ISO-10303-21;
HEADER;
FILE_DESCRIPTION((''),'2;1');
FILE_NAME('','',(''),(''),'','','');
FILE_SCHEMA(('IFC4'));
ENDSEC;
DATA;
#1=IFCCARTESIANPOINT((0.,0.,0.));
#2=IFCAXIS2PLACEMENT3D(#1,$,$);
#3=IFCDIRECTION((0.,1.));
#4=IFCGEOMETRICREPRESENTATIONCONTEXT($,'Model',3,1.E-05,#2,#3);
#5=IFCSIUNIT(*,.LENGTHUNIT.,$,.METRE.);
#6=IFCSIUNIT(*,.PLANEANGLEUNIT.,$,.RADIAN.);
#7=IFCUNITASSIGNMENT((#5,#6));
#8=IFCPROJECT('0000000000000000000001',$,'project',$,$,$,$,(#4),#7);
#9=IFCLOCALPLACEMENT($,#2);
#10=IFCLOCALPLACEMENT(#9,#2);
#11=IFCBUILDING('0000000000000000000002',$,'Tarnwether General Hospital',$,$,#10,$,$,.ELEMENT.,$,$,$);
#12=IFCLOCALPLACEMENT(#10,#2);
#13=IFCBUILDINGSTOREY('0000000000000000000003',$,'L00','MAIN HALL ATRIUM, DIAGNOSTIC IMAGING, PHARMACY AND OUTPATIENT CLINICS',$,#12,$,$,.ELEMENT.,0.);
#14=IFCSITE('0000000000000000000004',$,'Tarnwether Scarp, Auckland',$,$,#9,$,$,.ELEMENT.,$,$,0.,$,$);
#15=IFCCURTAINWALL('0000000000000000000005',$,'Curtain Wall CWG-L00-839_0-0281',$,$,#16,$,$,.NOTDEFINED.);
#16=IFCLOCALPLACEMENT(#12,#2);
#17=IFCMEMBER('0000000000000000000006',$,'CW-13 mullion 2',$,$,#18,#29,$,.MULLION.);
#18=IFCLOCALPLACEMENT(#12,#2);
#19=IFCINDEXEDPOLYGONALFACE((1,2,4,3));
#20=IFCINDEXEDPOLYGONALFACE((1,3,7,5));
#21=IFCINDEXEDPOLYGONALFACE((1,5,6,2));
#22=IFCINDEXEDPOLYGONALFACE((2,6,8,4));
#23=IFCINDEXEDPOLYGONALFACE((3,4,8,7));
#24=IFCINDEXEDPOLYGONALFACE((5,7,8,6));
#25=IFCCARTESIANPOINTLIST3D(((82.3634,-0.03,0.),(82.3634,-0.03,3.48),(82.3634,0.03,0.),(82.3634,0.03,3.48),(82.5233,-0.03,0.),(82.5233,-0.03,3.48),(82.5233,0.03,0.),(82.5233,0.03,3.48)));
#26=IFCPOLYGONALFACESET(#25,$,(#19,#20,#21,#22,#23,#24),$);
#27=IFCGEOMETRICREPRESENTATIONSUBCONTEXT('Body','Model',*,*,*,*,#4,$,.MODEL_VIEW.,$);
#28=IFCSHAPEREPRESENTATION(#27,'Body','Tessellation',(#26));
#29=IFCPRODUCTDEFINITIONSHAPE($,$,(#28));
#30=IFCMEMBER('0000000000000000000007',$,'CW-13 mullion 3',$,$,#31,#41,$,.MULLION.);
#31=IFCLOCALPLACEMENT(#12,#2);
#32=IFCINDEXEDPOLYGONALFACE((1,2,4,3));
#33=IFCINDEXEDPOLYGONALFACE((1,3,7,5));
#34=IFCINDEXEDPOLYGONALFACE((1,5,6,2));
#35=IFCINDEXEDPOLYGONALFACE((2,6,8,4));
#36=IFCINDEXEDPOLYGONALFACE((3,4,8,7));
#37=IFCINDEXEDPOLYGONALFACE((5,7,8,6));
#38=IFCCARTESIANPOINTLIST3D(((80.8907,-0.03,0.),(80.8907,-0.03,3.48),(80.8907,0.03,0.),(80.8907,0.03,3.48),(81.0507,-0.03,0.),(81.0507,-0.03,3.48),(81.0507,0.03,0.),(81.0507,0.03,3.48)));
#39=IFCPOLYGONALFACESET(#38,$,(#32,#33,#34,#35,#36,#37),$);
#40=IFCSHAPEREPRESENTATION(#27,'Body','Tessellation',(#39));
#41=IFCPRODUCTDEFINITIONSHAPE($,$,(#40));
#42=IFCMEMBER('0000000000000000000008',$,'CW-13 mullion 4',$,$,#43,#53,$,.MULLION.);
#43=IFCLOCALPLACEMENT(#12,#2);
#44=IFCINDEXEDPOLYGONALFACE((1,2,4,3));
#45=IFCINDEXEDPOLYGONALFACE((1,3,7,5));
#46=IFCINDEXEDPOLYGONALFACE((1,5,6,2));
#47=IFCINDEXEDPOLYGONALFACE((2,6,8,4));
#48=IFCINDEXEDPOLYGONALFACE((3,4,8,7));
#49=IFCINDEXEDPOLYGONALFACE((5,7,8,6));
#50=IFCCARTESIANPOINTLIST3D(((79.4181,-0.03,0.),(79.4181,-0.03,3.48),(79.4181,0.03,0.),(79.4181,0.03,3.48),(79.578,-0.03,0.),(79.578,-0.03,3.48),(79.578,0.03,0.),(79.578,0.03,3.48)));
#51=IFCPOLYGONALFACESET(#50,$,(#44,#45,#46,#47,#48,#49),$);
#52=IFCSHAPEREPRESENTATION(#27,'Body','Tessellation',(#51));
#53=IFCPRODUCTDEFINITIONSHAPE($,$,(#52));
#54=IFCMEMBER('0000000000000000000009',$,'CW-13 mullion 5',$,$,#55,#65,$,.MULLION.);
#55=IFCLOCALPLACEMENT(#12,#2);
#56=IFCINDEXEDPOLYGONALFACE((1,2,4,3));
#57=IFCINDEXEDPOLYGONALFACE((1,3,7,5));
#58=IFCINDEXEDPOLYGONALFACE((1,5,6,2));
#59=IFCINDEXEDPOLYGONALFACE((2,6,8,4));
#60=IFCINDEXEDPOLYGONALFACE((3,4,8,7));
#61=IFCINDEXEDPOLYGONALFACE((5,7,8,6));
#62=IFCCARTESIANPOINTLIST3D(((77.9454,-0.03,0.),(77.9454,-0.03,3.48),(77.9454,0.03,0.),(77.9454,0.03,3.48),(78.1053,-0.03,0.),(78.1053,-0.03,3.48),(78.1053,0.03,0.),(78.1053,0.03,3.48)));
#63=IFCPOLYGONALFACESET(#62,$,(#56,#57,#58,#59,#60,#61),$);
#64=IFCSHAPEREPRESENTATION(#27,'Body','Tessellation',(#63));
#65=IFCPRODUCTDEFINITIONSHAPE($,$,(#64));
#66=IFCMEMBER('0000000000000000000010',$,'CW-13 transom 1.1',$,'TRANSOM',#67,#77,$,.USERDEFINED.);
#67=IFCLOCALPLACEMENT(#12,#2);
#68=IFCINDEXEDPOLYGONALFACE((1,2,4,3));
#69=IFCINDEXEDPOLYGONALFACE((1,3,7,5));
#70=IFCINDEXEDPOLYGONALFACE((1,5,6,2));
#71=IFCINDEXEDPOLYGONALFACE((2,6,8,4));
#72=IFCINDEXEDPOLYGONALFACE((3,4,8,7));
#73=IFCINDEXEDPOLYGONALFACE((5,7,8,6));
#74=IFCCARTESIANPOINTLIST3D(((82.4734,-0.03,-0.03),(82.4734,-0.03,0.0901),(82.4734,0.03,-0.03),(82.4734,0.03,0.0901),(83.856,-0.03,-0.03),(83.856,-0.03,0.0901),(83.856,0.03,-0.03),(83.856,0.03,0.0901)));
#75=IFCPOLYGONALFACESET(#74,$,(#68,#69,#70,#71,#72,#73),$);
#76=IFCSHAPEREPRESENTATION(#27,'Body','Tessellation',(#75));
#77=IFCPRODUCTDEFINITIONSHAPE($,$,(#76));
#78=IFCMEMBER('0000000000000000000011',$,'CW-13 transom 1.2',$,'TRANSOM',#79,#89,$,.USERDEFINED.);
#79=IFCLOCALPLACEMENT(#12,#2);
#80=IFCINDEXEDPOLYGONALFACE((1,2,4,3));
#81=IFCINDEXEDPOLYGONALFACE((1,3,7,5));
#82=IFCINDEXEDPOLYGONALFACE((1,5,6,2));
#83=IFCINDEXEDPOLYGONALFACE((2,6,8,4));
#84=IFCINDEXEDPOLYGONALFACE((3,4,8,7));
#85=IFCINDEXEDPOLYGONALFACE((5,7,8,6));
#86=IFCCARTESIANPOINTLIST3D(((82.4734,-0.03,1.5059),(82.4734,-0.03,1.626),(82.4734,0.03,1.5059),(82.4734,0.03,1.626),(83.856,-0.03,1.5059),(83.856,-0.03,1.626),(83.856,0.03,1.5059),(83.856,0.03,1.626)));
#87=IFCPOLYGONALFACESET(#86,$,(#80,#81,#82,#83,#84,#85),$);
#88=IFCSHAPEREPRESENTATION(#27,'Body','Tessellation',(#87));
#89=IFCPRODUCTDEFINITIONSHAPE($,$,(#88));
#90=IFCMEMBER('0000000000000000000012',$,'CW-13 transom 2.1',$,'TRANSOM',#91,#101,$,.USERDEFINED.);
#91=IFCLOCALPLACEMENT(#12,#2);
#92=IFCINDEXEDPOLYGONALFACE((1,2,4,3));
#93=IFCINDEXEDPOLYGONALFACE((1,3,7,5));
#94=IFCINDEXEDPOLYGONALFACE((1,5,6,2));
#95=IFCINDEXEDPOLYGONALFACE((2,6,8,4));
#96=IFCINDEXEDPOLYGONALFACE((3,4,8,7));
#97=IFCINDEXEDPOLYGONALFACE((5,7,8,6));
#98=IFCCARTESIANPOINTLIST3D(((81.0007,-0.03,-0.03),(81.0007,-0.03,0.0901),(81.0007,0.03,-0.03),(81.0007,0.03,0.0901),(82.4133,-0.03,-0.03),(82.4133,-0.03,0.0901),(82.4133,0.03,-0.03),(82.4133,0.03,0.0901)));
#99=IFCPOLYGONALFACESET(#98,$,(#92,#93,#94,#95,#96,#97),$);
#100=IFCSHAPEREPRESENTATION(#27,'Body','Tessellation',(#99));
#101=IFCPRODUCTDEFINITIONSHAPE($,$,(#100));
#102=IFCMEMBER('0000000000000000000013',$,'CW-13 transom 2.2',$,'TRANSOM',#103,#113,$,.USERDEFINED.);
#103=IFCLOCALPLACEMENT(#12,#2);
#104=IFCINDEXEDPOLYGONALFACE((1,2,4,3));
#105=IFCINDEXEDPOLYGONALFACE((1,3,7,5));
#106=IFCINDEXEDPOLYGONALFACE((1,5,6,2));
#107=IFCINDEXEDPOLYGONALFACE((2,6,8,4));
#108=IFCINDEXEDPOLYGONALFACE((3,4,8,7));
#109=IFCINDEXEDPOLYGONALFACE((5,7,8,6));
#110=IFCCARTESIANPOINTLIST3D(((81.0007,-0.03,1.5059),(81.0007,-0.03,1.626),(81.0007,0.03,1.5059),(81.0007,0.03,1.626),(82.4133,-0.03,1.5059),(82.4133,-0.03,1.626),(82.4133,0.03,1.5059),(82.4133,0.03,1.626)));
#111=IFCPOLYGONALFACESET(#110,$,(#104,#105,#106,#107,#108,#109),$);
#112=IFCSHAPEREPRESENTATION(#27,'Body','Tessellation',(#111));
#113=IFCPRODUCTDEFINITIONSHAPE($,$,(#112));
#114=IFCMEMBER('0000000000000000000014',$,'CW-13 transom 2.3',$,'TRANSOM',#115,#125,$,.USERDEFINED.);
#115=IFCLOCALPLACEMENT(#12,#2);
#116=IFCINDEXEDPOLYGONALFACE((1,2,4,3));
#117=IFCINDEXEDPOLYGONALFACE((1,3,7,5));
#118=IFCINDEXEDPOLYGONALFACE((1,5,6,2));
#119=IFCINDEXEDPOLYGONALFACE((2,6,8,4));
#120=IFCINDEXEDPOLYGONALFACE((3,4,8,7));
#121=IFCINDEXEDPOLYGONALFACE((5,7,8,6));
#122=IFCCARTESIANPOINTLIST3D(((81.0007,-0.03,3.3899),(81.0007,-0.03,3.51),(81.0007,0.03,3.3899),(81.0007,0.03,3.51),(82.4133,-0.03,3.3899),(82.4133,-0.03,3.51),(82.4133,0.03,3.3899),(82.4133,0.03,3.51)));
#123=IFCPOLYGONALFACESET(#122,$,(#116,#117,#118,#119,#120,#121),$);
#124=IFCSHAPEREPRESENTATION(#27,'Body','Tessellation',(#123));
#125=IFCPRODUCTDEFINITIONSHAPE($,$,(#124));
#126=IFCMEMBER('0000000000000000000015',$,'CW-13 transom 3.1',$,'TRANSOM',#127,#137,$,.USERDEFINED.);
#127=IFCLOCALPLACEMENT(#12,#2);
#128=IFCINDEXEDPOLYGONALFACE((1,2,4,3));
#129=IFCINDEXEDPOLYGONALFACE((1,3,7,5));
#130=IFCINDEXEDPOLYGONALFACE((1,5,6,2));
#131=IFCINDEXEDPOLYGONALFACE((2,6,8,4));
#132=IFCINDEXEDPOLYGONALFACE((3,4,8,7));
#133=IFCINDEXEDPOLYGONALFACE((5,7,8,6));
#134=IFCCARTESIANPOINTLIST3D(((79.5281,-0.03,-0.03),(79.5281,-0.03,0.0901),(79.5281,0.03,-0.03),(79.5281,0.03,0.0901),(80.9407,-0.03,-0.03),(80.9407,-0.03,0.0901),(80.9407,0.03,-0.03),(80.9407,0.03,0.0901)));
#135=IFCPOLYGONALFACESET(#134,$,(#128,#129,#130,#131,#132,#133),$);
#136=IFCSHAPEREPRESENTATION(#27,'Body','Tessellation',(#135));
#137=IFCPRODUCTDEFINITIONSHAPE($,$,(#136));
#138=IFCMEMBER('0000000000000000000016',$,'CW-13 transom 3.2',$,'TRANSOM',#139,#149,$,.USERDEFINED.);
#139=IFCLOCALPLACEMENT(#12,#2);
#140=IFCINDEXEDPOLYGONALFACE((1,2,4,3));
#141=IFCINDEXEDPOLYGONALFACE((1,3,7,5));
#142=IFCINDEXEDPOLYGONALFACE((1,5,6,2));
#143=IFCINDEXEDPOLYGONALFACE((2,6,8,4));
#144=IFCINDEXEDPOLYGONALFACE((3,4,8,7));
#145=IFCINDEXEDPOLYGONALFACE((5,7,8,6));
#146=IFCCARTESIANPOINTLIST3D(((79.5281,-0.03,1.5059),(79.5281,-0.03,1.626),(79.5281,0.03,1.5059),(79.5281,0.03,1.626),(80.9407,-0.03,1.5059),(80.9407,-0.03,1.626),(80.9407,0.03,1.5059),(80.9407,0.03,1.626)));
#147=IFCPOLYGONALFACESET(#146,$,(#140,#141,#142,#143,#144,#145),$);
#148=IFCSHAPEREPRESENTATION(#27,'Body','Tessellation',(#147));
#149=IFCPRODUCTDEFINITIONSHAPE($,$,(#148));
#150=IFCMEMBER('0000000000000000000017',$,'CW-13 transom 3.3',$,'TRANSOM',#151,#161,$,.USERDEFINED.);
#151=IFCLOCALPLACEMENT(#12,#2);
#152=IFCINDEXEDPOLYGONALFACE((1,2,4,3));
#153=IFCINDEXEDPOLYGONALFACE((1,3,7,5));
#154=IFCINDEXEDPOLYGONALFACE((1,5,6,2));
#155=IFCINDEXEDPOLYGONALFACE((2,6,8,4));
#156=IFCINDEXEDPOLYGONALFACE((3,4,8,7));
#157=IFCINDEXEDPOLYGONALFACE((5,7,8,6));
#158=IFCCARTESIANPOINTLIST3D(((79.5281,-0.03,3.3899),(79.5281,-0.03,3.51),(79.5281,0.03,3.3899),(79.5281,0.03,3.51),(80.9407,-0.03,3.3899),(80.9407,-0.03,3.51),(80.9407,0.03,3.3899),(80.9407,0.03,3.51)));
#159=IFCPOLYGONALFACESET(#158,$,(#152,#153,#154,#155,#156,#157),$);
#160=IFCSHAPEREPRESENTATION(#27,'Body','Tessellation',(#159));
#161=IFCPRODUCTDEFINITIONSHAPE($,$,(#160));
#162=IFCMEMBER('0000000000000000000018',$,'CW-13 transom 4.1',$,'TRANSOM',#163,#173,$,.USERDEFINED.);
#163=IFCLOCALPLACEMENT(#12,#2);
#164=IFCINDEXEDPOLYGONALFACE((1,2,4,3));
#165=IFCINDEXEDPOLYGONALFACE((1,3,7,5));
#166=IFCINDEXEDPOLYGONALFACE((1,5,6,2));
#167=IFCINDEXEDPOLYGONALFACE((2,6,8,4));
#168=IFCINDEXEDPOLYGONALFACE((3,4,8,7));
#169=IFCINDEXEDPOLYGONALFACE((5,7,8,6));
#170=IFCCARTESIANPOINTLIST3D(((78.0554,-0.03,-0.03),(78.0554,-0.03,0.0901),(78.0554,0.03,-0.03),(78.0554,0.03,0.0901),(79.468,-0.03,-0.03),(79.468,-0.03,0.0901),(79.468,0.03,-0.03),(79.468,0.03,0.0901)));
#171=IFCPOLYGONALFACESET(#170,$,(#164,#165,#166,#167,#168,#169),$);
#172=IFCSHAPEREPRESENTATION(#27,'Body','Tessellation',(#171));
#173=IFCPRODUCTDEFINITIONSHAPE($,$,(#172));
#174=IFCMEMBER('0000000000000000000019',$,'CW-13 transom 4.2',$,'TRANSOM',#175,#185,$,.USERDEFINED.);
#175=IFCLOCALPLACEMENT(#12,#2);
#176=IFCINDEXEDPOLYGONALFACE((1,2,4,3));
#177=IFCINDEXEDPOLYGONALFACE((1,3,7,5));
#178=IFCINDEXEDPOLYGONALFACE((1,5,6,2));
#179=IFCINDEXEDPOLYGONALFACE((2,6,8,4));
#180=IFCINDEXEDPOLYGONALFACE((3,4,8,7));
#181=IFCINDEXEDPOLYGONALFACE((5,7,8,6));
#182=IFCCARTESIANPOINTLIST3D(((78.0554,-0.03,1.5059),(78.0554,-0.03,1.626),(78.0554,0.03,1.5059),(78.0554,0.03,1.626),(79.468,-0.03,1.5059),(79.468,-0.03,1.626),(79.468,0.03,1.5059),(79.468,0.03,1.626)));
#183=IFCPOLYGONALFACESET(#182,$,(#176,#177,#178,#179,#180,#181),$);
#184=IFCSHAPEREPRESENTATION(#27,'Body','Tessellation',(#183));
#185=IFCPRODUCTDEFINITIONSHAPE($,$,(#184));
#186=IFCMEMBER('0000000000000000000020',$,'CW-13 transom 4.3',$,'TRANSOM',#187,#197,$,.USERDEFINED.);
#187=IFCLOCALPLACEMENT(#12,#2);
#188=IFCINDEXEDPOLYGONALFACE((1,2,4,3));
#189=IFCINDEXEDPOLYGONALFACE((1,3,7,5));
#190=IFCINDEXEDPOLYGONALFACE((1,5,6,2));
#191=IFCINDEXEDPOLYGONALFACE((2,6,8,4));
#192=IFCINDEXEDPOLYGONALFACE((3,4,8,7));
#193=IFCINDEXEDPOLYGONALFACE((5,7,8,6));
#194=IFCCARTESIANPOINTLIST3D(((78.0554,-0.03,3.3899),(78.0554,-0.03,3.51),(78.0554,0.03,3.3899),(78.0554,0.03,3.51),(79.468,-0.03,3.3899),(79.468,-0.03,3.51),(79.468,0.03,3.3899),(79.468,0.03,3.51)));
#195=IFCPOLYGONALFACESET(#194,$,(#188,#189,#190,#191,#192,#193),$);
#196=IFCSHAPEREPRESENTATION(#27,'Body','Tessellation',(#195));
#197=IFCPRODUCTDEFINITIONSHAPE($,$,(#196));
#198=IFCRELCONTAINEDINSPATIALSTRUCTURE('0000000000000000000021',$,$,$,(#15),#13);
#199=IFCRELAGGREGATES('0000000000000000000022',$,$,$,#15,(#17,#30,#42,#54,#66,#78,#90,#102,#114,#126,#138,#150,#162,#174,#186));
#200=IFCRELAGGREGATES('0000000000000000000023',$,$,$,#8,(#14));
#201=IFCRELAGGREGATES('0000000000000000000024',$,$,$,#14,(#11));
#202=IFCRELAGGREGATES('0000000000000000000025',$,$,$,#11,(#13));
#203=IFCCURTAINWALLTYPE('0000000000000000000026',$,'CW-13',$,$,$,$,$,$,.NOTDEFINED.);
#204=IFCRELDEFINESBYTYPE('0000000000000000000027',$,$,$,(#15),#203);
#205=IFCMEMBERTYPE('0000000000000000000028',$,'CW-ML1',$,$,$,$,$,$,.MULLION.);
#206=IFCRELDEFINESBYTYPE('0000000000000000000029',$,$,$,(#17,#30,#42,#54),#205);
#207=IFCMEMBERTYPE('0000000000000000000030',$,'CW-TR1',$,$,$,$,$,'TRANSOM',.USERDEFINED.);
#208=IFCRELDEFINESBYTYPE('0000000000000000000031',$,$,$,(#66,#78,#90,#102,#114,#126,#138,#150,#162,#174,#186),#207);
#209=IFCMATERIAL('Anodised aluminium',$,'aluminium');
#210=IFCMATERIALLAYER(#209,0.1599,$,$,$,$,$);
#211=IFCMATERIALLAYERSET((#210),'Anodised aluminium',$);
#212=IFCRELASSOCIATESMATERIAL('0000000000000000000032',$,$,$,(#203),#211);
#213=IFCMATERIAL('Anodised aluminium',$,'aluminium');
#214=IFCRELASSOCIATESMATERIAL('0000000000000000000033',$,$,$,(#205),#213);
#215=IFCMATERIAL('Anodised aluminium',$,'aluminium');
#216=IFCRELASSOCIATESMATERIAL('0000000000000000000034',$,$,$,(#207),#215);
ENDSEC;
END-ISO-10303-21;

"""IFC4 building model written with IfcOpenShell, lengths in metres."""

from ifc_helpers import new_model, si_unit, direction, frame, origin, origin_2d, place, context, subcontext, project, spatial, rectangle, extrude, material, layer, layer_set, material_profile, profile_set, type_object, element, aggregate, save


model = new_model("IFC4")

# Units and contexts
model_context = context("Model", 3, precision=1e-05, world=origin(), true_north=direction((0.0, 1.0)))
body_context = subcontext(model_context, "Body", "Model", "MODEL_VIEW")
ifc_project = project(units=[si_unit("LENGTHUNIT", "METRE"), si_unit("PLANEANGLEUNIT", "RADIAN")], contexts=[model_context])

# Site, building, storey
site_placement = place(None, origin())
site = spatial("IfcSite", under=ifc_project, at=site_placement, Name="Tarnwether Scarp, Auckland", CompositionType="ELEMENT", RefElevation=0.0)
building_placement = place(site_placement, origin())
building = spatial("IfcBuilding", under=site, at=building_placement, Name="Tarnwether General Hospital", CompositionType="ELEMENT")
storey_placement = place(building_placement, origin())
storey = spatial("IfcBuildingStorey", under=building, at=storey_placement, Name="L00", Description="MAIN HALL ATRIUM, DIAGNOSTIC IMAGING, PHARMACY AND OUTPATIENT CLINICS", CompositionType="ELEMENT", Elevation=0.0)

# Curtain wall, members
ifc_material_1 = material(Name="Anodised aluminium", Category="aluminium")
ifc_layer_1 = layer(ifc_material_1, 0.1599)
ifc_layer_set_1 = layer_set([ifc_layer_1], Name="Anodised aluminium")
curtain_wall_type = type_object("IfcCurtainWallType", Name="CW-13", PredefinedType="NOTDEFINED", material=ifc_layer_set_1)
curtain_wall_placement = place(storey_placement, origin())
curtain_wall = element("IfcCurtainWall", 1, at=curtain_wall_placement, inside=storey, type_object=curtain_wall_type, Name="Curtain Wall CWG-L00-839_0-0281", PredefinedType="NOTDEFINED")
ifc_material_2 = material(Name="Anodised aluminium", Category="aluminium")
ifc_material_profile_1 = material_profile(ifc_material_2, rectangle(XDim=0.0601, YDim=0.1599, at=origin_2d()), Name="ALU-MUL-60x160")
ifc_profile_set_1 = profile_set([ifc_material_profile_1], Name="Anodised aluminium")
member_type_1 = type_object("IfcMemberType", Name="CW-ML1", PredefinedType="MULLION", material=ifc_profile_set_1)
member_1_placement = place(storey_placement, frame((82.4434, 0.0, 0.0), z_axis=(0.0, 0.0, 1.0), x_axis=(0.0, -1.0, 0.0)))
member_1 = element("IfcMember", 2, at=member_1_placement, type_object=member_type_1, Name="CW-13 mullion 2", PredefinedType="MULLION", context=body_context, shape_type="SweptSolid", body=[
    extrude(rectangle(XDim=0.0601, YDim=0.1599, at=origin_2d()), origin(), (0.0, 0.0, 1.0), 3.48),
])
member_2_placement = place(storey_placement, frame((80.9707, 0.0, 0.0), z_axis=(0.0, 0.0, 1.0), x_axis=(0.0, -1.0, 0.0)))
member_2 = element("IfcMember", 3, at=member_2_placement, type_object=member_type_1, Name="CW-13 mullion 3", PredefinedType="MULLION", context=body_context, shape_type="SweptSolid", body=[
    extrude(rectangle(XDim=0.0601, YDim=0.1599, at=origin_2d()), origin(), (0.0, 0.0, 1.0), 3.48),
])
member_3_placement = place(storey_placement, frame((79.498, 0.0, 0.0), z_axis=(0.0, 0.0, 1.0), x_axis=(0.0, -1.0, 0.0)))
member_3 = element("IfcMember", 4, at=member_3_placement, type_object=member_type_1, Name="CW-13 mullion 4", PredefinedType="MULLION", context=body_context, shape_type="SweptSolid", body=[
    extrude(rectangle(XDim=0.0601, YDim=0.1599, at=origin_2d()), origin(), (0.0, 0.0, 1.0), 3.48),
])
member_4_placement = place(storey_placement, frame((78.0254, 0.0, 0.0), z_axis=(0.0, 0.0, 1.0), x_axis=(0.0, -1.0, 0.0)))
member_4 = element("IfcMember", 5, at=member_4_placement, type_object=member_type_1, Name="CW-13 mullion 5", PredefinedType="MULLION", context=body_context, shape_type="SweptSolid", body=[
    extrude(rectangle(XDim=0.0601, YDim=0.1599, at=origin_2d()), origin(), (0.0, 0.0, 1.0), 3.48),
])
ifc_material_3 = material(Name="Anodised aluminium", Category="aluminium")
ifc_material_profile_2 = material_profile(ifc_material_3, rectangle(XDim=0.0601, YDim=0.1201, at=origin_2d()), Name="ALU-TRN-60x120")
ifc_profile_set_2 = profile_set([ifc_material_profile_2], Name="Anodised aluminium")
member_type_2 = type_object("IfcMemberType", Name="CW-TR1", ElementType="TRANSOM", PredefinedType="USERDEFINED", material=ifc_profile_set_2)
member_5_placement = place(storey_placement, frame((83.856, 0.0, 0.03), z_axis=(-1.0, 0.0, 0.0), x_axis=(0.0, -1.0, 0.0)))
member_5 = element("IfcMember", 6, at=member_5_placement, type_object=member_type_2, Name="CW-13 transom 1.1", ObjectType="TRANSOM", PredefinedType="USERDEFINED", context=body_context, shape_type="SweptSolid", body=[
    extrude(rectangle(XDim=0.0601, YDim=0.1201, at=origin_2d()), origin(), (0.0, 0.0, 1.0), 1.3826),
])
member_6_placement = place(storey_placement, frame((83.856, 0.0, 1.5659), z_axis=(-1.0, 0.0, 0.0), x_axis=(0.0, -1.0, 0.0)))
member_6 = element("IfcMember", 7, at=member_6_placement, type_object=member_type_2, Name="CW-13 transom 1.2", ObjectType="TRANSOM", PredefinedType="USERDEFINED", context=body_context, shape_type="SweptSolid", body=[
    extrude(rectangle(XDim=0.0601, YDim=0.1201, at=origin_2d()), origin(), (0.0, 0.0, 1.0), 1.3826),
])
member_7_placement = place(storey_placement, frame((82.4133, 0.0, 0.03), z_axis=(-1.0, 0.0, 0.0), x_axis=(0.0, -1.0, 0.0)))
member_7 = element("IfcMember", 8, at=member_7_placement, type_object=member_type_2, Name="CW-13 transom 2.1", ObjectType="TRANSOM", PredefinedType="USERDEFINED", context=body_context, shape_type="SweptSolid", body=[
    extrude(rectangle(XDim=0.0601, YDim=0.1201, at=origin_2d()), origin(), (0.0, 0.0, 1.0), 1.4126),
])
member_8_placement = place(storey_placement, frame((82.4133, 0.0, 1.5659), z_axis=(-1.0, 0.0, 0.0), x_axis=(0.0, -1.0, 0.0)))
member_8 = element("IfcMember", 9, at=member_8_placement, type_object=member_type_2, Name="CW-13 transom 2.2", ObjectType="TRANSOM", PredefinedType="USERDEFINED", context=body_context, shape_type="SweptSolid", body=[
    extrude(rectangle(XDim=0.0601, YDim=0.1201, at=origin_2d()), origin(), (0.0, 0.0, 1.0), 1.4126),
])
member_9_placement = place(storey_placement, frame((82.4133, 0.0, 3.45), z_axis=(-1.0, 0.0, 0.0), x_axis=(0.0, -1.0, 0.0)))
member_9 = element("IfcMember", 10, at=member_9_placement, type_object=member_type_2, Name="CW-13 transom 2.3", ObjectType="TRANSOM", PredefinedType="USERDEFINED", context=body_context, shape_type="SweptSolid", body=[
    extrude(rectangle(XDim=0.0601, YDim=0.1201, at=origin_2d()), origin(), (0.0, 0.0, 1.0), 1.4126),
])
member_10_placement = place(storey_placement, frame((80.9407, 0.0, 0.03), z_axis=(-1.0, 0.0, 0.0), x_axis=(0.0, -1.0, 0.0)))
member_10 = element("IfcMember", 11, at=member_10_placement, type_object=member_type_2, Name="CW-13 transom 3.1", ObjectType="TRANSOM", PredefinedType="USERDEFINED", context=body_context, shape_type="SweptSolid", body=[
    extrude(rectangle(XDim=0.0601, YDim=0.1201, at=origin_2d()), origin(), (0.0, 0.0, 1.0), 1.4126),
])
member_11_placement = place(storey_placement, frame((80.9407, 0.0, 1.5659), z_axis=(-1.0, 0.0, 0.0), x_axis=(0.0, -1.0, 0.0)))
member_11 = element("IfcMember", 12, at=member_11_placement, type_object=member_type_2, Name="CW-13 transom 3.2", ObjectType="TRANSOM", PredefinedType="USERDEFINED", context=body_context, shape_type="SweptSolid", body=[
    extrude(rectangle(XDim=0.0601, YDim=0.1201, at=origin_2d()), origin(), (0.0, 0.0, 1.0), 1.4126),
])
member_12_placement = place(storey_placement, frame((80.9407, 0.0, 3.45), z_axis=(-1.0, 0.0, 0.0), x_axis=(0.0, -1.0, 0.0)))
member_12 = element("IfcMember", 13, at=member_12_placement, type_object=member_type_2, Name="CW-13 transom 3.3", ObjectType="TRANSOM", PredefinedType="USERDEFINED", context=body_context, shape_type="SweptSolid", body=[
    extrude(rectangle(XDim=0.0601, YDim=0.1201, at=origin_2d()), origin(), (0.0, 0.0, 1.0), 1.4126),
])
member_13_placement = place(storey_placement, frame((79.468, 0.0, 0.03), z_axis=(-1.0, 0.0, 0.0), x_axis=(0.0, -1.0, 0.0)))
member_13 = element("IfcMember", 14, at=member_13_placement, type_object=member_type_2, Name="CW-13 transom 4.1", ObjectType="TRANSOM", PredefinedType="USERDEFINED", context=body_context, shape_type="SweptSolid", body=[
    extrude(rectangle(XDim=0.0601, YDim=0.1201, at=origin_2d()), origin(), (0.0, 0.0, 1.0), 1.4126),
])
member_14_placement = place(storey_placement, frame((79.468, 0.0, 1.5659), z_axis=(-1.0, 0.0, 0.0), x_axis=(0.0, -1.0, 0.0)))
member_14 = element("IfcMember", 15, at=member_14_placement, type_object=member_type_2, Name="CW-13 transom 4.2", ObjectType="TRANSOM", PredefinedType="USERDEFINED", context=body_context, shape_type="SweptSolid", body=[
    extrude(rectangle(XDim=0.0601, YDim=0.1201, at=origin_2d()), origin(), (0.0, 0.0, 1.0), 1.4126),
])
member_15_placement = place(storey_placement, frame((79.468, 0.0, 3.45), z_axis=(-1.0, 0.0, 0.0), x_axis=(0.0, -1.0, 0.0)))
member_15 = element("IfcMember", 16, at=member_15_placement, type_object=member_type_2, Name="CW-13 transom 4.3", ObjectType="TRANSOM", PredefinedType="USERDEFINED", context=body_context, shape_type="SweptSolid", body=[
    extrude(rectangle(XDim=0.0601, YDim=0.1201, at=origin_2d()), origin(), (0.0, 0.0, 1.0), 1.4126),
])
aggregate(curtain_wall, [member_1, member_2, member_3, member_4, member_5, member_6, member_7, member_8, member_9, member_10, member_11, member_12, member_13, member_14, member_15])

save(model, "model.ifc")
